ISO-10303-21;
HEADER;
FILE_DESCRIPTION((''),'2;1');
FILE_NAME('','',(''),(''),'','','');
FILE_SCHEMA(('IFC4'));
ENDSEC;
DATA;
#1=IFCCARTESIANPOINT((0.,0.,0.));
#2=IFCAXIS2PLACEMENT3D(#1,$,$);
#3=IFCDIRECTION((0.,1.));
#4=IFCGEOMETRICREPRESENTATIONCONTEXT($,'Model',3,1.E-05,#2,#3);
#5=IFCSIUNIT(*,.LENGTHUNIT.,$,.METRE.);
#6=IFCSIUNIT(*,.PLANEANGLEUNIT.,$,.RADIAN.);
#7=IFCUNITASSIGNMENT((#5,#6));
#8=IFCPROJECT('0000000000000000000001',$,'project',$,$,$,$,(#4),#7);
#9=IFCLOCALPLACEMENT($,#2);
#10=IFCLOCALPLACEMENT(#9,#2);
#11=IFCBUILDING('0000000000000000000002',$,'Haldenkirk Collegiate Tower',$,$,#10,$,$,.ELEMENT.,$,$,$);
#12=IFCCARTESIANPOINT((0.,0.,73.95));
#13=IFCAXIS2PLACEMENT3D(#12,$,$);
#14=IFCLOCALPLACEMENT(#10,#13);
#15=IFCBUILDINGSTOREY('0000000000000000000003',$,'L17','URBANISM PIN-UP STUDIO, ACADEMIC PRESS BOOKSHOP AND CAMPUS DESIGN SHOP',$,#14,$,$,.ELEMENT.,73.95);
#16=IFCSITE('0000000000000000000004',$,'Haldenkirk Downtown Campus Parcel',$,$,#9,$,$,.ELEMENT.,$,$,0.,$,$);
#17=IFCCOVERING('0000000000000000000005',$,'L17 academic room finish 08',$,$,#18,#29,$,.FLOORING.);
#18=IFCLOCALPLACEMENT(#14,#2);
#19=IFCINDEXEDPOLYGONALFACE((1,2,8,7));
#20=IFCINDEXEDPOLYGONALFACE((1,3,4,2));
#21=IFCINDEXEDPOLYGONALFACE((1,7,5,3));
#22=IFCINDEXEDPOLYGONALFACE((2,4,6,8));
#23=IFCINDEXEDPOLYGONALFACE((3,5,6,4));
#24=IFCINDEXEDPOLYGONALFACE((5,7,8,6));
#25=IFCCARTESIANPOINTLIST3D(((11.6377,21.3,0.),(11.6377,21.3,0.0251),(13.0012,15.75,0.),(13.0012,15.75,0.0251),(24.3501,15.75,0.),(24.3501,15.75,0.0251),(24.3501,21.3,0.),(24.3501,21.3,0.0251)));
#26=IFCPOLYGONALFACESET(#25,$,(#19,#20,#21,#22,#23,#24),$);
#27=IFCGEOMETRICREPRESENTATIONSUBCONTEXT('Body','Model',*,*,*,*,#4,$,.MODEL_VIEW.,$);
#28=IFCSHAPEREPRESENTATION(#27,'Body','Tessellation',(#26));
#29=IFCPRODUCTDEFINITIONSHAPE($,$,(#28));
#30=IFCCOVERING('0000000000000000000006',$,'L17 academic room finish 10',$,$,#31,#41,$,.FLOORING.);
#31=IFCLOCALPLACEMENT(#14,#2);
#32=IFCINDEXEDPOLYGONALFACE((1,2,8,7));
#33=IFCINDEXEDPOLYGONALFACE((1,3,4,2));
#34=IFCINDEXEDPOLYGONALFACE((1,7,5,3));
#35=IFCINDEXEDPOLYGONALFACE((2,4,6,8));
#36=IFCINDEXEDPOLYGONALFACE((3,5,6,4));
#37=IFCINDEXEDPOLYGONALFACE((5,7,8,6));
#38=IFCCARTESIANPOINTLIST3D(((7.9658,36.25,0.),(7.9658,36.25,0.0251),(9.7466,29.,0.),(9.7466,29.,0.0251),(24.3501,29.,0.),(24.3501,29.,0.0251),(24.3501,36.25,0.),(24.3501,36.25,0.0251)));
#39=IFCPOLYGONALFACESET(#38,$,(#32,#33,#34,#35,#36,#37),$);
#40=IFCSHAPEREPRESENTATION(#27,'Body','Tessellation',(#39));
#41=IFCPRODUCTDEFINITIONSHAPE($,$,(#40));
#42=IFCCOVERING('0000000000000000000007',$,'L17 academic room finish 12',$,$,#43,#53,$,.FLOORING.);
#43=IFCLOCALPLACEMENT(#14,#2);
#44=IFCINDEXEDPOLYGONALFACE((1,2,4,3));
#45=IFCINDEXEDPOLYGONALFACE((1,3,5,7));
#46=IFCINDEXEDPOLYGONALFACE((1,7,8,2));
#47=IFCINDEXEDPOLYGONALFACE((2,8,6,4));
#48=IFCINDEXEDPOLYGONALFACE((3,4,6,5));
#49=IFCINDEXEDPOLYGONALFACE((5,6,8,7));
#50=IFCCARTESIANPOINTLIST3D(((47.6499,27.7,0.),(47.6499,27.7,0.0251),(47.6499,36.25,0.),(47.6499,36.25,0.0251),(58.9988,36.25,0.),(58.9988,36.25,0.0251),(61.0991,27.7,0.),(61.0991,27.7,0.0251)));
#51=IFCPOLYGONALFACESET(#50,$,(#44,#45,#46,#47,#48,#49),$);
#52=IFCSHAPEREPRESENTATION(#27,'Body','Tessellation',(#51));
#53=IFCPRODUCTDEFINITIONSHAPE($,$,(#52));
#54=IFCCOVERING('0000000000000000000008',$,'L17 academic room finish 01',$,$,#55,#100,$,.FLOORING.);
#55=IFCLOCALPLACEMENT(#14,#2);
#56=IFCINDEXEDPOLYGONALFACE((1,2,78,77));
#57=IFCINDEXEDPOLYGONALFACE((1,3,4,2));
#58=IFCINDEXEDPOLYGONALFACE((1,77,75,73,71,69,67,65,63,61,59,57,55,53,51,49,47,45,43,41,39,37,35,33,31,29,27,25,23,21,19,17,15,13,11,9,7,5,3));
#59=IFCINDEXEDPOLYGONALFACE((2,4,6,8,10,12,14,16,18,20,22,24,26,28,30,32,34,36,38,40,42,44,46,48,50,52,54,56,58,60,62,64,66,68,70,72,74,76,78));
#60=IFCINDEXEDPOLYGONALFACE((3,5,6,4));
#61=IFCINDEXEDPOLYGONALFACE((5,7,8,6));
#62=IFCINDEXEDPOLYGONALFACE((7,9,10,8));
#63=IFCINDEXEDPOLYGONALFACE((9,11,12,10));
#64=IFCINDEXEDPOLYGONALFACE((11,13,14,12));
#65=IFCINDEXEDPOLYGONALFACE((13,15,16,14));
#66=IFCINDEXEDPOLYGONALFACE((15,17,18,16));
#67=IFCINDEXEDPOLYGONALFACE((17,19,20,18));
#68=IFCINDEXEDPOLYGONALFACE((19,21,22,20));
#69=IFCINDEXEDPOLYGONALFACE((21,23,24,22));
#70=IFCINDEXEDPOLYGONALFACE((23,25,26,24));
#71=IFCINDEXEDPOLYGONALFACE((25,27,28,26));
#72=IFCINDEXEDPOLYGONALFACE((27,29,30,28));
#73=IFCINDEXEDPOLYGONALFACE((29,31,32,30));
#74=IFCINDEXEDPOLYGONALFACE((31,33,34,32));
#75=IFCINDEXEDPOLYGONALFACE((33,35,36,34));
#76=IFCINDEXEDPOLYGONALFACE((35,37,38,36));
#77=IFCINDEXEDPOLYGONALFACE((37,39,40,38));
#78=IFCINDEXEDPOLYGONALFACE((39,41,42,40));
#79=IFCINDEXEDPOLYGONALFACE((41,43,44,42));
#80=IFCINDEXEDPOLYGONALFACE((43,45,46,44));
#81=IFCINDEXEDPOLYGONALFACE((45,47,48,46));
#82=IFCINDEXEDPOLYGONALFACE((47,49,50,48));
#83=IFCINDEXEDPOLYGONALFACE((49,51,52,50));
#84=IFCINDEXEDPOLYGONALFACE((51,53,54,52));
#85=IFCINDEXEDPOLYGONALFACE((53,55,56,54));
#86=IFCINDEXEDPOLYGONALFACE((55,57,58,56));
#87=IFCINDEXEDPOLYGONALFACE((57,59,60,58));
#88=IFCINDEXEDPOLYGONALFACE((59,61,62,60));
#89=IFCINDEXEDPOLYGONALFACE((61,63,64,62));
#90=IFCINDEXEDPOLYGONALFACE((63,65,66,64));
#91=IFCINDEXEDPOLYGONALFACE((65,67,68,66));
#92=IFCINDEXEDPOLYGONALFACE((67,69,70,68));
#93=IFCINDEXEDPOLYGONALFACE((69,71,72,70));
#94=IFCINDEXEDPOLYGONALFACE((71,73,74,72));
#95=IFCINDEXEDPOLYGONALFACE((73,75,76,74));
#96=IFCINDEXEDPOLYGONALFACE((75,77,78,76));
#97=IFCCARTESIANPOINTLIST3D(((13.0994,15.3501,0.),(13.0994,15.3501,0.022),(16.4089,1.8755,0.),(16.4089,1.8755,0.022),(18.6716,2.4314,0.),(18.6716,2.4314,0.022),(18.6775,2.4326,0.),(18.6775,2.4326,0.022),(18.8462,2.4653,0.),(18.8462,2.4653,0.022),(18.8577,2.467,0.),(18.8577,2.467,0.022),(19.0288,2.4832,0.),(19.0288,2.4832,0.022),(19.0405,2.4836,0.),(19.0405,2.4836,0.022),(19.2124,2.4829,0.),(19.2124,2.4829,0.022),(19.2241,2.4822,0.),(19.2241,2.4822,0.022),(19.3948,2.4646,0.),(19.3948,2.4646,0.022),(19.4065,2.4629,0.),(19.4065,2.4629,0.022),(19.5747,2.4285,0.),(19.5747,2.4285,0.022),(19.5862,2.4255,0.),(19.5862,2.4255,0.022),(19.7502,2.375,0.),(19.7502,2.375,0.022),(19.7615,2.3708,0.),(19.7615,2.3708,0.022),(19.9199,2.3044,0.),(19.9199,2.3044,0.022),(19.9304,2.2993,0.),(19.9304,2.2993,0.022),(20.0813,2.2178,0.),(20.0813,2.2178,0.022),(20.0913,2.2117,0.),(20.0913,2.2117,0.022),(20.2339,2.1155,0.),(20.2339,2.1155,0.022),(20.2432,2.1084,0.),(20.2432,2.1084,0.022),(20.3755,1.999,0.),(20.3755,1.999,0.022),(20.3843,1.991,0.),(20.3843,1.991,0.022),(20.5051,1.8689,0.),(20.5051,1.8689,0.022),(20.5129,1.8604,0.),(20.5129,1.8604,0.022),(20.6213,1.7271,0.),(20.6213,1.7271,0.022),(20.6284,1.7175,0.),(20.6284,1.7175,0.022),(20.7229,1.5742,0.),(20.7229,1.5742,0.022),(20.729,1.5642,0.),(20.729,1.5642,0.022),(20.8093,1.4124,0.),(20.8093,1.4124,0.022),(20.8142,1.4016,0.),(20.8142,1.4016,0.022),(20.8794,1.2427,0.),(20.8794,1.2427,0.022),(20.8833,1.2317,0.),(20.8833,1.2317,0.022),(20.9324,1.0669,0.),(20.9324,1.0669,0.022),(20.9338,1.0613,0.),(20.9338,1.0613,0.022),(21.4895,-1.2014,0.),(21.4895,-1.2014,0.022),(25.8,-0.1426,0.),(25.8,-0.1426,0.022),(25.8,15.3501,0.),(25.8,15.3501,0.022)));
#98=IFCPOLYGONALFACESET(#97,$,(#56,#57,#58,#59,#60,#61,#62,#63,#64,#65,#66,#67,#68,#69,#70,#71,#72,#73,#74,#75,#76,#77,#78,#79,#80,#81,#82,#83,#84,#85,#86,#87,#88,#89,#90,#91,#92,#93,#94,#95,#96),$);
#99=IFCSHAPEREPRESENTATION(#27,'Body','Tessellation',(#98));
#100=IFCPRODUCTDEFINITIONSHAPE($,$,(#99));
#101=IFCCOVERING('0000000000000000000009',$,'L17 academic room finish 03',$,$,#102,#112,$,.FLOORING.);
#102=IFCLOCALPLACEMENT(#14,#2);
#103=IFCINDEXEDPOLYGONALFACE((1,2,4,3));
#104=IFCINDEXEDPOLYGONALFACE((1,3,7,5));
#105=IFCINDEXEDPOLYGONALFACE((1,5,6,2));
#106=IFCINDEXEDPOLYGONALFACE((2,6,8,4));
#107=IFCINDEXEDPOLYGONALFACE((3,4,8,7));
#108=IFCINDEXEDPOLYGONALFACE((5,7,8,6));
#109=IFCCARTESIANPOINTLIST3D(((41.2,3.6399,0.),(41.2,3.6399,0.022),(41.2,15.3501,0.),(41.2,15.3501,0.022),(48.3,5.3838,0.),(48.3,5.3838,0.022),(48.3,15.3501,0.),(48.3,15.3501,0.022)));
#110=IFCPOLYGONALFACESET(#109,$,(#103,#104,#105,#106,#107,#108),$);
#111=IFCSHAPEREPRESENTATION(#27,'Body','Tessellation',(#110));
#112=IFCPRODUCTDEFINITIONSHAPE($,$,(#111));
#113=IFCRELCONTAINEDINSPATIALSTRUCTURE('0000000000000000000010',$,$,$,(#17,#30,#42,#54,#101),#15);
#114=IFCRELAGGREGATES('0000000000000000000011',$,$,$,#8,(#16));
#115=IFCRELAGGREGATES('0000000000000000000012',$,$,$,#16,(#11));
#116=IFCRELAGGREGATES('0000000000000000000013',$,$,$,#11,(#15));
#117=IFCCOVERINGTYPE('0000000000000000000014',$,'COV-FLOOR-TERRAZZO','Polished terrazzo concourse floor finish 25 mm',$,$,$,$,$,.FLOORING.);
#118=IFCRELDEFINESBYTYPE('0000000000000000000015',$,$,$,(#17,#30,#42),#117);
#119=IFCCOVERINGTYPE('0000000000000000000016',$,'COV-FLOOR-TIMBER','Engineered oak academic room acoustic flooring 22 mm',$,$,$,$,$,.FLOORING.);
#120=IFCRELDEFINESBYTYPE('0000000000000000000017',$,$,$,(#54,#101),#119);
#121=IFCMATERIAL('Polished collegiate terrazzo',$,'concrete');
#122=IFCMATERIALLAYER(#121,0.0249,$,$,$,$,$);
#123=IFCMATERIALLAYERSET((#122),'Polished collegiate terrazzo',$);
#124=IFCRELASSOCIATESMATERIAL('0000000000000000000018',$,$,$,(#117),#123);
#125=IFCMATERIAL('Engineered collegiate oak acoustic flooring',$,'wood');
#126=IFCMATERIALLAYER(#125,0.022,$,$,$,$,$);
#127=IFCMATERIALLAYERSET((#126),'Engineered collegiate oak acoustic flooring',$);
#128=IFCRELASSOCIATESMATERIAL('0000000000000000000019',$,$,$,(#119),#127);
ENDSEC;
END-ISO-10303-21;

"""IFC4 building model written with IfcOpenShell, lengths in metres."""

from ifc_helpers import new_model, si_unit, direction, frame, origin, place, context, subcontext, project, spatial, polyline, outline, extrude, material, layer, layer_set, type_object, element, save


model = new_model("IFC4")

# Units and contexts
model_context = context("Model", 3, precision=1e-05, world=origin(), true_north=direction((0.0, 1.0)))
body_context = subcontext(model_context, "Body", "Model", "MODEL_VIEW")
ifc_project = project(units=[si_unit("LENGTHUNIT", "METRE"), si_unit("PLANEANGLEUNIT", "RADIAN")], contexts=[model_context])

# Site, building, storey
site_placement = place(None, origin())
site = spatial("IfcSite", under=ifc_project, at=site_placement, Name="Haldenkirk Downtown Campus Parcel", CompositionType="ELEMENT", RefElevation=0.0)
building_placement = place(site_placement, origin())
building = spatial("IfcBuilding", under=site, at=building_placement, Name="Haldenkirk Collegiate Tower", CompositionType="ELEMENT")
storey_placement = place(building_placement, frame((0.0, 0.0, 73.95)))
storey = spatial("IfcBuildingStorey", under=building, at=storey_placement, Name="L17", Description="URBANISM PIN-UP STUDIO, ACADEMIC PRESS BOOKSHOP AND CAMPUS DESIGN SHOP", CompositionType="ELEMENT", Elevation=73.95)

# Coverings
ifc_material_1 = material(Name="Polished collegiate terrazzo", Category="concrete")
ifc_layer_1 = layer(ifc_material_1, 0.0249)
ifc_layer_set_1 = layer_set([ifc_layer_1], Name="Polished collegiate terrazzo")
covering_type_1 = type_object("IfcCoveringType", Name="COV-FLOOR-TERRAZZO", Description="Polished terrazzo concourse floor finish 25 mm", PredefinedType="FLOORING", material=ifc_layer_set_1)
covering_1_placement = place(storey_placement, origin())
element("IfcCovering", 1, at=covering_1_placement, inside=storey, type_object=covering_type_1, Name="L17 academic room finish 08", PredefinedType="FLOORING", context=body_context, shape_type="SweptSolid", body=[
    extrude(outline(polyline([(11.6377, 21.3), (24.3501, 21.3), (24.3501, 15.75), (13.0012, 15.75), (11.6377, 21.3)])), origin(), (0.0, 0.0, 1.0), 0.0251),
])
covering_2_placement = place(storey_placement, origin())
element("IfcCovering", 2, at=covering_2_placement, inside=storey, type_object=covering_type_1, Name="L17 academic room finish 10", PredefinedType="FLOORING", context=body_context, shape_type="SweptSolid", body=[
    extrude(outline(polyline([(7.9658, 36.25), (24.3501, 36.25), (24.3501, 29.0), (9.7466, 29.0), (7.9658, 36.25)])), origin(), (0.0, 0.0, 1.0), 0.0251),
])
covering_3_placement = place(storey_placement, origin())
element("IfcCovering", 3, at=covering_3_placement, inside=storey, type_object=covering_type_1, Name="L17 academic room finish 12", PredefinedType="FLOORING", context=body_context, shape_type="SweptSolid", body=[
    extrude(outline(polyline([(61.0991, 27.7), (47.6499, 27.7), (47.6499, 36.25), (58.9988, 36.25), (61.0991, 27.7)])), origin(), (0.0, 0.0, 1.0), 0.0251),
])
ifc_material_2 = material(Name="Engineered collegiate oak acoustic flooring", Category="wood")
ifc_layer_2 = layer(ifc_material_2, 0.022)
ifc_layer_set_2 = layer_set([ifc_layer_2], Name="Engineered collegiate oak acoustic flooring")
covering_type_2 = type_object("IfcCoveringType", Name="COV-FLOOR-TIMBER", Description="Engineered oak academic room acoustic flooring 22 mm", PredefinedType="FLOORING", material=ifc_layer_set_2)
covering_4_placement = place(storey_placement, origin())
element("IfcCovering", 4, at=covering_4_placement, inside=storey, type_object=covering_type_2, Name="L17 academic room finish 01", PredefinedType="FLOORING", context=body_context, shape_type="SweptSolid", body=[
    extrude(outline(polyline([(20.6284, 1.7175), (20.6213, 1.7271), (20.5129, 1.8604), (20.5051, 1.8689), (20.3843, 1.991), (20.3755, 1.999), (20.2432, 2.1084), (20.2339, 2.1155), (20.0913, 2.2117), (20.0813, 2.2178), (19.9304, 2.2993), (19.9199, 2.3044), (19.7615, 2.3708), (19.7502, 2.375), (19.5862, 2.4255), (19.5747, 2.4285), (19.4065, 2.4629), (19.3948, 2.4646), (19.2241, 2.4822), (19.2124, 2.4829), (19.0405, 2.4836), (19.0288, 2.4832), (18.8577, 2.467), (18.8462, 2.4653), (18.6775, 2.4326), (18.6716, 2.4314), (16.4089, 1.8755), (13.0994, 15.3501), (25.8, 15.3501), (25.8, -0.1426), (21.4895, -1.2014), (20.9338, 1.0613), (20.9324, 1.0669), (20.8833, 1.2317), (20.8794, 1.2427), (20.8142, 1.4016), (20.8093, 1.4124), (20.729, 1.5642), (20.7229, 1.5742), (20.6284, 1.7175)])), origin(), (0.0, 0.0, 1.0), 0.022),
])
covering_5_placement = place(storey_placement, origin())
element("IfcCovering", 5, at=covering_5_placement, inside=storey, type_object=covering_type_2, Name="L17 academic room finish 03", PredefinedType="FLOORING", context=body_context, shape_type="SweptSolid", body=[
    extrude(outline(polyline([(41.2, 3.6399), (41.2, 15.3501), (48.3, 15.3501), (48.3, 5.3838), (41.2, 3.6399)])), origin(), (0.0, 0.0, 1.0), 0.022),
])

save(model, "model.ifc")
